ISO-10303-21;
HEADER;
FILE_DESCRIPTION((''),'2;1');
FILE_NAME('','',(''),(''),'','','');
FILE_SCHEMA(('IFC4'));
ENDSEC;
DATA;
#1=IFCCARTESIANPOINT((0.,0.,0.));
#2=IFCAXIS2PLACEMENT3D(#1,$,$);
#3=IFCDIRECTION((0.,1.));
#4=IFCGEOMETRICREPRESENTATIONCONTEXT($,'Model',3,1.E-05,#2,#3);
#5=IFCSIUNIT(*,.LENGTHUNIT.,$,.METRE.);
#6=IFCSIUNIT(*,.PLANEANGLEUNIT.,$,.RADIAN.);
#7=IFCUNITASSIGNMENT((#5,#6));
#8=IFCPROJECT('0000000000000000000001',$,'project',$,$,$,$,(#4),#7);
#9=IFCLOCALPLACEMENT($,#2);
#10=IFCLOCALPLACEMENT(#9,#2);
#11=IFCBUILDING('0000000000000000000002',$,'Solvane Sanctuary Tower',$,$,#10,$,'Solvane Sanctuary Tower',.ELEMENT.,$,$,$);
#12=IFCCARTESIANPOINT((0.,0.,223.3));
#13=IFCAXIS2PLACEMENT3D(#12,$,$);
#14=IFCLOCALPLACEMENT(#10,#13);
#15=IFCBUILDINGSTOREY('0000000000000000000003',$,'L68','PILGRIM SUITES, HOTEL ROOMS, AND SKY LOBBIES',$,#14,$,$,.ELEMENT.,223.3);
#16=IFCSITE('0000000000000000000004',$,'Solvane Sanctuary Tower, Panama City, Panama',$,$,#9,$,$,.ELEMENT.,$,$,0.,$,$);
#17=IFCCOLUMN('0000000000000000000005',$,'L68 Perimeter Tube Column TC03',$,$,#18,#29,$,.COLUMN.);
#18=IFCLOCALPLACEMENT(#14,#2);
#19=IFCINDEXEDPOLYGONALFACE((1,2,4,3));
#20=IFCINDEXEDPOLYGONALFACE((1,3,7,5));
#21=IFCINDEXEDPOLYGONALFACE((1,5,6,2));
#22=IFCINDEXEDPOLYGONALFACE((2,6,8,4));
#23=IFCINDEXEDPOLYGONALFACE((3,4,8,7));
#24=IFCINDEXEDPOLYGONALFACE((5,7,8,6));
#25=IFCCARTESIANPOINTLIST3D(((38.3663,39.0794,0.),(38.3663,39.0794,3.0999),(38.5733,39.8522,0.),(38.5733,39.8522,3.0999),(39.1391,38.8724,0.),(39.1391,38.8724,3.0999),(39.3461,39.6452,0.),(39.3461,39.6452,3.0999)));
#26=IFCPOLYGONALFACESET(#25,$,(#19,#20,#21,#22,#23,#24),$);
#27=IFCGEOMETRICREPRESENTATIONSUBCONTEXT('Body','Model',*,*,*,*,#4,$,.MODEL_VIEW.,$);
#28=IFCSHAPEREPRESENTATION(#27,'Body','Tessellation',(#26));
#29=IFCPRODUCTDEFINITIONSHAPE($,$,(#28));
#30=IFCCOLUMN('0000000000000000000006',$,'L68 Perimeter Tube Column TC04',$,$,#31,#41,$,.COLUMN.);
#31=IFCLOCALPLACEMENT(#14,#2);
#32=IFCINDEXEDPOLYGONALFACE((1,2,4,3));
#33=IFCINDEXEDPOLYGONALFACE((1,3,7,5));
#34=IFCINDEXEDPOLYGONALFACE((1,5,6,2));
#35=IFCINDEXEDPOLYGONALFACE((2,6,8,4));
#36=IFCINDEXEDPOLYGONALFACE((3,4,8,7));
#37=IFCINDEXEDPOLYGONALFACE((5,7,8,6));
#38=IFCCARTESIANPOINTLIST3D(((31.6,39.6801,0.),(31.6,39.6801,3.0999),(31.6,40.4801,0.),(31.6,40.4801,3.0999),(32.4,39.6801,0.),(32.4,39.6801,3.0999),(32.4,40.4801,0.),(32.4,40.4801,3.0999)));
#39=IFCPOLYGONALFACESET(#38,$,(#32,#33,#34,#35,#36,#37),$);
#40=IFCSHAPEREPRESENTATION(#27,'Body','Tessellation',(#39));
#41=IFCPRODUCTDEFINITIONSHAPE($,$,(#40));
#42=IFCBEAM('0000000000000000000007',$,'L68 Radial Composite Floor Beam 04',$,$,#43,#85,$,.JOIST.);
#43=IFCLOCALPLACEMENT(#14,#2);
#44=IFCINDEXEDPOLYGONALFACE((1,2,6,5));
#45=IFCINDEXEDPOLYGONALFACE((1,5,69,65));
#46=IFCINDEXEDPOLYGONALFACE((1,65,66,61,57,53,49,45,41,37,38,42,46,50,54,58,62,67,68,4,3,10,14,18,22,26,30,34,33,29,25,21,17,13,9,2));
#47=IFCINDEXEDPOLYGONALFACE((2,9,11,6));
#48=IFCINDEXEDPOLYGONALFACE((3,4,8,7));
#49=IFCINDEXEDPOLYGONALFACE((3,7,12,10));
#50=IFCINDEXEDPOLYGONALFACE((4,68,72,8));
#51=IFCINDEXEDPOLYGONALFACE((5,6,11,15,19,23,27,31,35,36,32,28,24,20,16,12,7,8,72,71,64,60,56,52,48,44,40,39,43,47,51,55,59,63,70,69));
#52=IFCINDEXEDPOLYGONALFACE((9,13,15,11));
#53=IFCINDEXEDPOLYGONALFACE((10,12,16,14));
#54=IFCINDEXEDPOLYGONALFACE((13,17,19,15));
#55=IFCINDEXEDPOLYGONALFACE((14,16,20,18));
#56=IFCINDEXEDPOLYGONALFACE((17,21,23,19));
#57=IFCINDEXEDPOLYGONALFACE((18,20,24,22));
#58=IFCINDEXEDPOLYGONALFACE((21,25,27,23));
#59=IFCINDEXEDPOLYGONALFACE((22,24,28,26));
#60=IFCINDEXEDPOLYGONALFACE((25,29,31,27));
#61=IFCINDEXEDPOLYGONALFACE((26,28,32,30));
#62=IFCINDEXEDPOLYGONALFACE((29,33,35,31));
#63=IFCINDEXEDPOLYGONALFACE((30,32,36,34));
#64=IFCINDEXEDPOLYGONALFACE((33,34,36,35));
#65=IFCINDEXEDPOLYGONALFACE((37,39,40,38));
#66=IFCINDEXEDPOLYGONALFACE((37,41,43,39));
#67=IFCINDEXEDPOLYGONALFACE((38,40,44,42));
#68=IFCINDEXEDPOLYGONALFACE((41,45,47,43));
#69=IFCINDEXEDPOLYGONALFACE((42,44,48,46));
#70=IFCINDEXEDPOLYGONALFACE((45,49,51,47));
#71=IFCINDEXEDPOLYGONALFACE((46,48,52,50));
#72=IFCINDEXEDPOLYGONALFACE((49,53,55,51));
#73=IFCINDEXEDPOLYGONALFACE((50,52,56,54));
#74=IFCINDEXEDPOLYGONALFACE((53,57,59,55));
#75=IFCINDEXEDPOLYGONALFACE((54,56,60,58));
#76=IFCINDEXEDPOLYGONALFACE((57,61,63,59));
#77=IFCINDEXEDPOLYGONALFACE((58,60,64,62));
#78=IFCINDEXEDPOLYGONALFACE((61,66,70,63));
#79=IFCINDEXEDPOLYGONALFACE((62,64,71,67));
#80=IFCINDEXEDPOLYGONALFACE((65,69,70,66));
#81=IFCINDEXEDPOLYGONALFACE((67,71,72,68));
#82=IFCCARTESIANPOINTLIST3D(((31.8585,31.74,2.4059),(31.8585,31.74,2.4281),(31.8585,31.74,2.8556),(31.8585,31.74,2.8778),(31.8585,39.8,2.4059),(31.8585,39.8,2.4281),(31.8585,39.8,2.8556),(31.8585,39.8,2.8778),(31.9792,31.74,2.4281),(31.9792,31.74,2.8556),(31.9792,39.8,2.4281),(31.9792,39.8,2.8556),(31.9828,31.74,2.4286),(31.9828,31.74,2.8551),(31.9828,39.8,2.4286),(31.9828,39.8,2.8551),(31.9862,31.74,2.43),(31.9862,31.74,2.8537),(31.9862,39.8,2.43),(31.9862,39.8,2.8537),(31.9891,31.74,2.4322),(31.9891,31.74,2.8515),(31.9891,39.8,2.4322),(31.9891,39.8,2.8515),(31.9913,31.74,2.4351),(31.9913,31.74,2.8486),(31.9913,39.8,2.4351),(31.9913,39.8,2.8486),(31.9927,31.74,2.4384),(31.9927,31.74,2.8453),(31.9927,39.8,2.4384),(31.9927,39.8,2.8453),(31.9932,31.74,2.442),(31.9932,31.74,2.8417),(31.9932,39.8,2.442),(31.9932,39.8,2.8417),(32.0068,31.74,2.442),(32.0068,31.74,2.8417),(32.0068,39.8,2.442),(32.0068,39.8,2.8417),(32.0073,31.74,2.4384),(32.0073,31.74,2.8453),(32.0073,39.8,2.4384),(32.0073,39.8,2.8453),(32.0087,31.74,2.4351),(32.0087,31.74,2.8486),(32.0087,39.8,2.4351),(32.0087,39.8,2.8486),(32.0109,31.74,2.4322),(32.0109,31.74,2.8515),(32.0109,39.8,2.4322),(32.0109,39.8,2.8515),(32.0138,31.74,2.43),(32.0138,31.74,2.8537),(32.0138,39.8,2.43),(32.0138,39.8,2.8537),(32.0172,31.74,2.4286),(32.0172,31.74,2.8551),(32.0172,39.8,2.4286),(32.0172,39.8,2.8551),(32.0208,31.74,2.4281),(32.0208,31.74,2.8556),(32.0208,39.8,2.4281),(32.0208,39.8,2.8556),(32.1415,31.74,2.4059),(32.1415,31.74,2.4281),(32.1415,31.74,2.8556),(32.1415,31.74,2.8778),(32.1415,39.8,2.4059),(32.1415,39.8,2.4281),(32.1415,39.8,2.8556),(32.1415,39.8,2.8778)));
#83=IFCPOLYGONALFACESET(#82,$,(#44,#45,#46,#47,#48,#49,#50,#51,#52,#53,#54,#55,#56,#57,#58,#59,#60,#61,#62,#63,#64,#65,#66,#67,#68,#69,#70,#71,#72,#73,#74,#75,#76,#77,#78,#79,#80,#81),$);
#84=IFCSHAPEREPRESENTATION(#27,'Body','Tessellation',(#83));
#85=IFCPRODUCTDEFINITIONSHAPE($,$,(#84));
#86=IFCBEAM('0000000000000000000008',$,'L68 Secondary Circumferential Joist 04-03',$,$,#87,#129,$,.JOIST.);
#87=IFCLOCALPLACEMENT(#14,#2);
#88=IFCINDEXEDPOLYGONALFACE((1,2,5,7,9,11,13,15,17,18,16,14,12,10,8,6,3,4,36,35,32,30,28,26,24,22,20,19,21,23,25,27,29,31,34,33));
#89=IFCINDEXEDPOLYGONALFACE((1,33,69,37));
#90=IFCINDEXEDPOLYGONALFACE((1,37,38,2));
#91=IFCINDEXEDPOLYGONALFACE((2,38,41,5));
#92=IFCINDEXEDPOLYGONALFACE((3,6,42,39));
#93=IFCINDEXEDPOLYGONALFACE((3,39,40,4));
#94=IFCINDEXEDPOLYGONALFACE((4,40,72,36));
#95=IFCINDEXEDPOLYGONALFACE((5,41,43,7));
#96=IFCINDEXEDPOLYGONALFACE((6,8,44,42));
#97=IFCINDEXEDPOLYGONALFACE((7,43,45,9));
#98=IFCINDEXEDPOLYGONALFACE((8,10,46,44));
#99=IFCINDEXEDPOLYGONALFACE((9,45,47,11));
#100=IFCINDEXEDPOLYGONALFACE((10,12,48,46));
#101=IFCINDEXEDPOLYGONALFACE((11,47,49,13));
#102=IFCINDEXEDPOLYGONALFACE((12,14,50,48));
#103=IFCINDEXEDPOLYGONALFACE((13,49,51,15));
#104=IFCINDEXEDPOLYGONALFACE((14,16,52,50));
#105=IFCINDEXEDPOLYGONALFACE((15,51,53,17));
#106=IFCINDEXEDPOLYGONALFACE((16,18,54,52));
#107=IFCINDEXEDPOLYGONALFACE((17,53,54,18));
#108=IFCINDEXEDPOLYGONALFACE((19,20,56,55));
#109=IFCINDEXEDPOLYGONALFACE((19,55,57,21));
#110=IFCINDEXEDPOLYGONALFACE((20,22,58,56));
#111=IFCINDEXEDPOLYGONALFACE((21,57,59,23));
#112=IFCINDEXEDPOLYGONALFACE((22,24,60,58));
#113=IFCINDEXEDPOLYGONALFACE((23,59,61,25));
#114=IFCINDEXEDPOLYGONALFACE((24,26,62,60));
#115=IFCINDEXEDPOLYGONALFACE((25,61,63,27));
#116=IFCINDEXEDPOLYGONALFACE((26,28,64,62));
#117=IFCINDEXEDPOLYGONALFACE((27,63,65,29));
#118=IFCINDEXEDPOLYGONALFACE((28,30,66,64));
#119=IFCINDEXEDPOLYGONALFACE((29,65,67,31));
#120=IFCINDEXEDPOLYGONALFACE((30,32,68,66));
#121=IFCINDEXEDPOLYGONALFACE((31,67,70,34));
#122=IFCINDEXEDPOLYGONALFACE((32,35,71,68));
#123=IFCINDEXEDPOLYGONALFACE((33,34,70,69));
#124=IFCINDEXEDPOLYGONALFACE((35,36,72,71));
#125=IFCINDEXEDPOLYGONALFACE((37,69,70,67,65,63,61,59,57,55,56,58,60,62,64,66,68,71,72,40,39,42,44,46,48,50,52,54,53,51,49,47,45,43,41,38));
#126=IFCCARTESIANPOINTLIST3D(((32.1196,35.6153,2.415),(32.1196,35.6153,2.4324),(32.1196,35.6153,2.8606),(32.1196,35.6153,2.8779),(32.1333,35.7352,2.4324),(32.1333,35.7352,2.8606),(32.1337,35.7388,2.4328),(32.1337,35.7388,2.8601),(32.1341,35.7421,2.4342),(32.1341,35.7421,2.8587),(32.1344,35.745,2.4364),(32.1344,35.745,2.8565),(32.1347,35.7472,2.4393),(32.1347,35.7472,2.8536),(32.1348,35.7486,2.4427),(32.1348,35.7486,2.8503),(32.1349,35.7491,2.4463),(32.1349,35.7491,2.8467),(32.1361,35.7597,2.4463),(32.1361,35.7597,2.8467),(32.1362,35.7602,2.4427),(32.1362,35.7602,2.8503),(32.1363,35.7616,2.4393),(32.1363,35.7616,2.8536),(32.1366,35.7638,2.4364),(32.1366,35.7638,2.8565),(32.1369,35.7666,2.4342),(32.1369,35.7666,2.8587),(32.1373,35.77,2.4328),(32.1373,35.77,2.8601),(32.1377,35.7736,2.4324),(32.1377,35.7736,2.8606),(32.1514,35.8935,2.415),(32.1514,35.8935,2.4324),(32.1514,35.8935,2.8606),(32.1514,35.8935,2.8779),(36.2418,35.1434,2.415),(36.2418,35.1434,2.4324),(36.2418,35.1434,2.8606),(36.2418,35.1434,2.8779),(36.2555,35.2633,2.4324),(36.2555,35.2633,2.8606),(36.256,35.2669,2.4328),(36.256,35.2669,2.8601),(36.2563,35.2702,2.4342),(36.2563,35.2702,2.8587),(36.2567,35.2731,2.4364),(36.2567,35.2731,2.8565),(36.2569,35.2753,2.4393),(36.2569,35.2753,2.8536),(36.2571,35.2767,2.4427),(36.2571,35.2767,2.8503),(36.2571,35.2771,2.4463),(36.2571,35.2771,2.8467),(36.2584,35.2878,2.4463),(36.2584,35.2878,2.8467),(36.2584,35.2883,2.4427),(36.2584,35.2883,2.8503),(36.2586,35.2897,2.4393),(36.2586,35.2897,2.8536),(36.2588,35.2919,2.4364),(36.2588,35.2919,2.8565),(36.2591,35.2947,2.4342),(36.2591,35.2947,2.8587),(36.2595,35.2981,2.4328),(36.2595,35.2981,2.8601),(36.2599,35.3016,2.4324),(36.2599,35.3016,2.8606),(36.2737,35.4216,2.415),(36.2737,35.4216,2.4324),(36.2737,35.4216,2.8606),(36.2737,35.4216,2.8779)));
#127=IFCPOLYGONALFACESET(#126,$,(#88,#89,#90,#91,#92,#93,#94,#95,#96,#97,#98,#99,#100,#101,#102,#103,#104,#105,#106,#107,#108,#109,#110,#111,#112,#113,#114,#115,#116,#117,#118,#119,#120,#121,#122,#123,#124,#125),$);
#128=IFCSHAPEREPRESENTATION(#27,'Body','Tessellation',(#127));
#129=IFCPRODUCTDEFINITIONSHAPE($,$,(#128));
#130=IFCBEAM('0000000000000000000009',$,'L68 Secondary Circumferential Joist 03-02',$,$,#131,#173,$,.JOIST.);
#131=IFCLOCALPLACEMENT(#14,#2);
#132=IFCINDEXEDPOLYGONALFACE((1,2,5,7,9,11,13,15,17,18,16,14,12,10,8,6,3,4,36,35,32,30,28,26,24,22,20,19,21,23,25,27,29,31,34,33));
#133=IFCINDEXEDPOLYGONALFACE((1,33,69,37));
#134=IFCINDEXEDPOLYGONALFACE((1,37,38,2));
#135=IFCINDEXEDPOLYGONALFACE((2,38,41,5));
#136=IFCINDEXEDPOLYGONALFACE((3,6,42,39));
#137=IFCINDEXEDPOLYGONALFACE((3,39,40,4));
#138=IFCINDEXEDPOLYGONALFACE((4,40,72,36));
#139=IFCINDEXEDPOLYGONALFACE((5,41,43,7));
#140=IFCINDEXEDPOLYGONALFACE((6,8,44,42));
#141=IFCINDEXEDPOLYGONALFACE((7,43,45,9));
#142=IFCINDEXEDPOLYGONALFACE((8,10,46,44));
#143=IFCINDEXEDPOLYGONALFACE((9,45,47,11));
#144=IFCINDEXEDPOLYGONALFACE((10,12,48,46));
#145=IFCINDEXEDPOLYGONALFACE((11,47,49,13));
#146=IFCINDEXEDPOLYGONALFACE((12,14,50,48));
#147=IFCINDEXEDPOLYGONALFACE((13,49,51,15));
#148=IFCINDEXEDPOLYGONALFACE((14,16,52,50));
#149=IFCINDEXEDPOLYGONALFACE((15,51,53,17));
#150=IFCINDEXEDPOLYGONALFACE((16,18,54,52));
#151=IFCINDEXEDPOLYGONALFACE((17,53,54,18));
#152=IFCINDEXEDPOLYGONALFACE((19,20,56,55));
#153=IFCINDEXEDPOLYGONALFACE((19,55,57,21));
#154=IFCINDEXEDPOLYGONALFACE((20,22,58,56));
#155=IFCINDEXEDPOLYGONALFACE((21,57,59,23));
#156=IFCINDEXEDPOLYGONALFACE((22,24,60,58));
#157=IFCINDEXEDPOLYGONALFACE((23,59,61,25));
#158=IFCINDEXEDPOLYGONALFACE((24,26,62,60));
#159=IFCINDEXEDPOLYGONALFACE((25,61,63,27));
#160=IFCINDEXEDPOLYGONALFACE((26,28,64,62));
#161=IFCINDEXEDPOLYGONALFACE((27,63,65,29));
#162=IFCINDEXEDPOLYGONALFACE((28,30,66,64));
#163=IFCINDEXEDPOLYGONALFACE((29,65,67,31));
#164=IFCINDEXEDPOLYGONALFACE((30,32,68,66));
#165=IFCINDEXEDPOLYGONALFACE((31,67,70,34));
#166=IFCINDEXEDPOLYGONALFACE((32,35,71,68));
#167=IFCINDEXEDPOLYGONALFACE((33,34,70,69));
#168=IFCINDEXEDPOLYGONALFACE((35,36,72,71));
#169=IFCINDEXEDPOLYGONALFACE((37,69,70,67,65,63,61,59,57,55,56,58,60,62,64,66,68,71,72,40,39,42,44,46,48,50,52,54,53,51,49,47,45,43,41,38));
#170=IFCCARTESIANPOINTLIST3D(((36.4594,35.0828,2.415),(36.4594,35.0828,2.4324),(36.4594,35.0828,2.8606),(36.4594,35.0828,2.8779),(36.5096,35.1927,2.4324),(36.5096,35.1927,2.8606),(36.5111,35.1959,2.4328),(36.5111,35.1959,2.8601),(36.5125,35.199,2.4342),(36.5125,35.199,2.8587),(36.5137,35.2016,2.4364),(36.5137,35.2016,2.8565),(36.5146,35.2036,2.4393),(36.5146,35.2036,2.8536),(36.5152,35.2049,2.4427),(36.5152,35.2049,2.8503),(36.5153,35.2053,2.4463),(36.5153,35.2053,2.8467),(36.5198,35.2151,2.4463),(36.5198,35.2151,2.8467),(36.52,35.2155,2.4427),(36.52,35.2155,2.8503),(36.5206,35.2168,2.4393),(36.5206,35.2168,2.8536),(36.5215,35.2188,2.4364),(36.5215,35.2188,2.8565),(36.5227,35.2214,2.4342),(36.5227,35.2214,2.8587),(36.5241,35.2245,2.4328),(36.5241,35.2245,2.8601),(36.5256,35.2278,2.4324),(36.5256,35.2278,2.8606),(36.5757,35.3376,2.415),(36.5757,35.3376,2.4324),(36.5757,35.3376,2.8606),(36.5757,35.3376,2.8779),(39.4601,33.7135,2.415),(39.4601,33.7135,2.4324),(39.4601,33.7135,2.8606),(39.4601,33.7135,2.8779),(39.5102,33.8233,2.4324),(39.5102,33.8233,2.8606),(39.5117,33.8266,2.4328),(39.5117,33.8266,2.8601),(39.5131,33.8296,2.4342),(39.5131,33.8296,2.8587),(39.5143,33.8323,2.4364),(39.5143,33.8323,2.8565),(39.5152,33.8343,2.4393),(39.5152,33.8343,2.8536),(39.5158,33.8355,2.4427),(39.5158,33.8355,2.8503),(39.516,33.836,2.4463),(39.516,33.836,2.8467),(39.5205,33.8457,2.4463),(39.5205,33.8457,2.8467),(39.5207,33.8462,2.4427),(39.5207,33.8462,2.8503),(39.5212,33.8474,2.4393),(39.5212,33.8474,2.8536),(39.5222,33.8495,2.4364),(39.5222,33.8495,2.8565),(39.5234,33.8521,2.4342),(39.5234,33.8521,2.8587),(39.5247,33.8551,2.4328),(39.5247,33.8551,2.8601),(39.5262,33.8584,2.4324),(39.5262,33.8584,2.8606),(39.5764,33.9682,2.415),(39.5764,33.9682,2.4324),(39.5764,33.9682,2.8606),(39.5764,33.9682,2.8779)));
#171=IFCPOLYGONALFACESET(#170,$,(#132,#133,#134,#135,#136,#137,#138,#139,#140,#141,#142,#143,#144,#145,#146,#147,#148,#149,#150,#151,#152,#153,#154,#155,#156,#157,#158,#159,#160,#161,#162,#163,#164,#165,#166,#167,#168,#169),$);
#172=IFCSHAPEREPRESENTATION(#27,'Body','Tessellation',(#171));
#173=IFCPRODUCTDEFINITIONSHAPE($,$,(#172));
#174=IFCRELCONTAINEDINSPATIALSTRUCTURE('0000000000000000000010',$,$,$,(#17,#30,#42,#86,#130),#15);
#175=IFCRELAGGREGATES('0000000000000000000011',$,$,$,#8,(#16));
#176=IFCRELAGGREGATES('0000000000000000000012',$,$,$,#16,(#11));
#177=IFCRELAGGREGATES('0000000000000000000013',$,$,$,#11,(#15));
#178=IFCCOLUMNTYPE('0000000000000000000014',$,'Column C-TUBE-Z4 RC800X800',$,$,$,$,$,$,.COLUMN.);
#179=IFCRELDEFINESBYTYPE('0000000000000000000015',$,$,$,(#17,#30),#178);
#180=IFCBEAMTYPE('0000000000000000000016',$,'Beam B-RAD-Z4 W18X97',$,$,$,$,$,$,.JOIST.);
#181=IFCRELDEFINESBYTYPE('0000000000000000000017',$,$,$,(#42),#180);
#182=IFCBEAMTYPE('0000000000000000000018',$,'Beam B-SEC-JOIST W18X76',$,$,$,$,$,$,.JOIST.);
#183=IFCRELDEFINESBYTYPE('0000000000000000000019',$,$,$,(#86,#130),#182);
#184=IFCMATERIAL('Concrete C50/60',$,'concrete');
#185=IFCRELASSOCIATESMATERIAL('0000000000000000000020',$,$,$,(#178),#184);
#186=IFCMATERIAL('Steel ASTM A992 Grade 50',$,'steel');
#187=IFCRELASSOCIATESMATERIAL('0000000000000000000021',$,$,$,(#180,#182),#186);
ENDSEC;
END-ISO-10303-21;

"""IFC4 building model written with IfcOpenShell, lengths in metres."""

from ifc_helpers import new_model, si_unit, direction, frame, origin, origin_2d, place, context, subcontext, project, spatial, rectangle, i_section, extrude, material, material_profile, profile_set, type_object, element, save


model = new_model("IFC4")

# Units and contexts
model_context = context("Model", 3, precision=1e-05, world=origin(), true_north=direction((0.0, 1.0)))
body_context = subcontext(model_context, "Body", "Model", "MODEL_VIEW")
ifc_project = project(units=[si_unit("LENGTHUNIT", "METRE"), si_unit("PLANEANGLEUNIT", "RADIAN")], contexts=[model_context])

# Site, building, storey
site_placement = place(None, origin())
site = spatial("IfcSite", under=ifc_project, at=site_placement, Name="Solvane Sanctuary Tower, Panama City, Panama", CompositionType="ELEMENT", RefElevation=0.0)
building_placement = place(site_placement, origin())
building = spatial("IfcBuilding", under=site, at=building_placement, Name="Solvane Sanctuary Tower", LongName="Solvane Sanctuary Tower", CompositionType="ELEMENT")
storey_placement = place(building_placement, frame((0.0, 0.0, 223.3)))
storey = spatial("IfcBuildingStorey", under=building, at=storey_placement, Name="L68", Description="PILGRIM SUITES, HOTEL ROOMS, AND SKY LOBBIES", CompositionType="ELEMENT", Elevation=223.3)

# Columns
ifc_material_1 = material(Name="Concrete C50/60", Category="concrete")
ifc_material_profile_1 = material_profile(ifc_material_1, rectangle(XDim=0.8, YDim=0.8, at=origin_2d()), Name="RC800X800")
ifc_profile_set_1 = profile_set([ifc_material_profile_1], Name="Concrete C50/60")
column_type = type_object("IfcColumnType", Name="Column C-TUBE-Z4 RC800X800", PredefinedType="COLUMN", material=ifc_profile_set_1)
for number, where, z_axis, x_axis, name in (
    (1, (38.8562, 39.3623, 0.0), (0.0, 0.0, 1.0), (0.258819, 0.965926, 0.0), "L68 Perimeter Tube Column TC03"),
    (2, (32.0, 40.0801, 0.0), (0.0, 0.0, 1.0), (0.0, 1.0, 0.0), "L68 Perimeter Tube Column TC04"),
):
    element("IfcColumn", number, at=place(storey_placement, frame(where, z_axis=z_axis, x_axis=x_axis)), inside=storey, type_object=column_type, Name=name, PredefinedType="COLUMN", context=body_context, shape_type="SweptSolid", body=[
        extrude(rectangle(XDim=0.8, YDim=0.8, at=origin_2d()), origin(), (0.0, 0.0, 1.0), 3.0999),
    ])

# Beams
ifc_material_2 = material(Name="Steel ASTM A992 Grade 50", Category="steel")
ifc_material_profile_2 = material_profile(ifc_material_2, i_section(OverallWidth=0.283, OverallDepth=0.4719, WebThickness=0.0137, FlangeThickness=0.0222, FilletRadius=0.0139, at=origin_2d()), Name="W18X97")
ifc_profile_set_2 = profile_set([ifc_material_profile_2], Name="Steel ASTM A992 Grade 50")
beam_type_1 = type_object("IfcBeamType", Name="Beam B-RAD-Z4 W18X97", PredefinedType="JOIST", material=ifc_profile_set_2)
beam_1_placement = place(storey_placement, frame((32.0, 31.74, 2.6418), z_axis=(0.0, 1.0, 0.0), x_axis=(-1.0, 0.0, 0.0)))
element("IfcBeam", 3, at=beam_1_placement, inside=storey, type_object=beam_type_1, Name="L68 Radial Composite Floor Beam 04", PredefinedType="JOIST", context=body_context, shape_type="SweptSolid", body=[
    extrude(i_section(OverallWidth=0.283, OverallDepth=0.4719, WebThickness=0.0137, FlangeThickness=0.0222, FilletRadius=0.0139, at=origin_2d()), origin(), (0.0, 0.0, 1.0), 8.0601),
])
ifc_material_profile_3 = material_profile(ifc_material_2, i_section(OverallWidth=0.28, OverallDepth=0.4629, WebThickness=0.0107, FlangeThickness=0.0173, FilletRadius=0.0139, at=origin_2d()), Name="W18X76")
ifc_profile_set_3 = profile_set([ifc_material_profile_3], Name="Steel ASTM A992 Grade 50")
beam_type_2 = type_object("IfcBeamType", Name="Beam B-SEC-JOIST W18X76", PredefinedType="JOIST", material=ifc_profile_set_3)
beam_2_placement = place(storey_placement, frame((32.1355, 35.7544, 2.6465), z_axis=(0.993511, -0.113737, 0.0), x_axis=(0.113737, 0.993511, 0.0)))
element("IfcBeam", 4, at=beam_2_placement, inside=storey, type_object=beam_type_2, Name="L68 Secondary Circumferential Joist 04-03", PredefinedType="JOIST", context=body_context, shape_type="SweptSolid", body=[
    extrude(i_section(OverallWidth=0.28, OverallDepth=0.4629, WebThickness=0.0107, FlangeThickness=0.0173, FilletRadius=0.0139, at=origin_2d()), origin(), (0.0, 0.0, 1.0), 4.1492),
])
beam_3_placement = place(storey_placement, frame((36.5176, 35.2102, 2.6465), z_axis=(0.909747, -0.415163, 0.0), x_axis=(0.415163, 0.909747, 0.0)))
element("IfcBeam", 5, at=beam_3_placement, inside=storey, type_object=beam_type_2, Name="L68 Secondary Circumferential Joist 03-02", PredefinedType="JOIST", context=body_context, shape_type="SweptSolid", body=[
    extrude(i_section(OverallWidth=0.28, OverallDepth=0.4629, WebThickness=0.0107, FlangeThickness=0.0173, FilletRadius=0.0139, at=origin_2d()), origin(), (0.0, 0.0, 1.0), 3.2983),
])

save(model, "model.ifc")
